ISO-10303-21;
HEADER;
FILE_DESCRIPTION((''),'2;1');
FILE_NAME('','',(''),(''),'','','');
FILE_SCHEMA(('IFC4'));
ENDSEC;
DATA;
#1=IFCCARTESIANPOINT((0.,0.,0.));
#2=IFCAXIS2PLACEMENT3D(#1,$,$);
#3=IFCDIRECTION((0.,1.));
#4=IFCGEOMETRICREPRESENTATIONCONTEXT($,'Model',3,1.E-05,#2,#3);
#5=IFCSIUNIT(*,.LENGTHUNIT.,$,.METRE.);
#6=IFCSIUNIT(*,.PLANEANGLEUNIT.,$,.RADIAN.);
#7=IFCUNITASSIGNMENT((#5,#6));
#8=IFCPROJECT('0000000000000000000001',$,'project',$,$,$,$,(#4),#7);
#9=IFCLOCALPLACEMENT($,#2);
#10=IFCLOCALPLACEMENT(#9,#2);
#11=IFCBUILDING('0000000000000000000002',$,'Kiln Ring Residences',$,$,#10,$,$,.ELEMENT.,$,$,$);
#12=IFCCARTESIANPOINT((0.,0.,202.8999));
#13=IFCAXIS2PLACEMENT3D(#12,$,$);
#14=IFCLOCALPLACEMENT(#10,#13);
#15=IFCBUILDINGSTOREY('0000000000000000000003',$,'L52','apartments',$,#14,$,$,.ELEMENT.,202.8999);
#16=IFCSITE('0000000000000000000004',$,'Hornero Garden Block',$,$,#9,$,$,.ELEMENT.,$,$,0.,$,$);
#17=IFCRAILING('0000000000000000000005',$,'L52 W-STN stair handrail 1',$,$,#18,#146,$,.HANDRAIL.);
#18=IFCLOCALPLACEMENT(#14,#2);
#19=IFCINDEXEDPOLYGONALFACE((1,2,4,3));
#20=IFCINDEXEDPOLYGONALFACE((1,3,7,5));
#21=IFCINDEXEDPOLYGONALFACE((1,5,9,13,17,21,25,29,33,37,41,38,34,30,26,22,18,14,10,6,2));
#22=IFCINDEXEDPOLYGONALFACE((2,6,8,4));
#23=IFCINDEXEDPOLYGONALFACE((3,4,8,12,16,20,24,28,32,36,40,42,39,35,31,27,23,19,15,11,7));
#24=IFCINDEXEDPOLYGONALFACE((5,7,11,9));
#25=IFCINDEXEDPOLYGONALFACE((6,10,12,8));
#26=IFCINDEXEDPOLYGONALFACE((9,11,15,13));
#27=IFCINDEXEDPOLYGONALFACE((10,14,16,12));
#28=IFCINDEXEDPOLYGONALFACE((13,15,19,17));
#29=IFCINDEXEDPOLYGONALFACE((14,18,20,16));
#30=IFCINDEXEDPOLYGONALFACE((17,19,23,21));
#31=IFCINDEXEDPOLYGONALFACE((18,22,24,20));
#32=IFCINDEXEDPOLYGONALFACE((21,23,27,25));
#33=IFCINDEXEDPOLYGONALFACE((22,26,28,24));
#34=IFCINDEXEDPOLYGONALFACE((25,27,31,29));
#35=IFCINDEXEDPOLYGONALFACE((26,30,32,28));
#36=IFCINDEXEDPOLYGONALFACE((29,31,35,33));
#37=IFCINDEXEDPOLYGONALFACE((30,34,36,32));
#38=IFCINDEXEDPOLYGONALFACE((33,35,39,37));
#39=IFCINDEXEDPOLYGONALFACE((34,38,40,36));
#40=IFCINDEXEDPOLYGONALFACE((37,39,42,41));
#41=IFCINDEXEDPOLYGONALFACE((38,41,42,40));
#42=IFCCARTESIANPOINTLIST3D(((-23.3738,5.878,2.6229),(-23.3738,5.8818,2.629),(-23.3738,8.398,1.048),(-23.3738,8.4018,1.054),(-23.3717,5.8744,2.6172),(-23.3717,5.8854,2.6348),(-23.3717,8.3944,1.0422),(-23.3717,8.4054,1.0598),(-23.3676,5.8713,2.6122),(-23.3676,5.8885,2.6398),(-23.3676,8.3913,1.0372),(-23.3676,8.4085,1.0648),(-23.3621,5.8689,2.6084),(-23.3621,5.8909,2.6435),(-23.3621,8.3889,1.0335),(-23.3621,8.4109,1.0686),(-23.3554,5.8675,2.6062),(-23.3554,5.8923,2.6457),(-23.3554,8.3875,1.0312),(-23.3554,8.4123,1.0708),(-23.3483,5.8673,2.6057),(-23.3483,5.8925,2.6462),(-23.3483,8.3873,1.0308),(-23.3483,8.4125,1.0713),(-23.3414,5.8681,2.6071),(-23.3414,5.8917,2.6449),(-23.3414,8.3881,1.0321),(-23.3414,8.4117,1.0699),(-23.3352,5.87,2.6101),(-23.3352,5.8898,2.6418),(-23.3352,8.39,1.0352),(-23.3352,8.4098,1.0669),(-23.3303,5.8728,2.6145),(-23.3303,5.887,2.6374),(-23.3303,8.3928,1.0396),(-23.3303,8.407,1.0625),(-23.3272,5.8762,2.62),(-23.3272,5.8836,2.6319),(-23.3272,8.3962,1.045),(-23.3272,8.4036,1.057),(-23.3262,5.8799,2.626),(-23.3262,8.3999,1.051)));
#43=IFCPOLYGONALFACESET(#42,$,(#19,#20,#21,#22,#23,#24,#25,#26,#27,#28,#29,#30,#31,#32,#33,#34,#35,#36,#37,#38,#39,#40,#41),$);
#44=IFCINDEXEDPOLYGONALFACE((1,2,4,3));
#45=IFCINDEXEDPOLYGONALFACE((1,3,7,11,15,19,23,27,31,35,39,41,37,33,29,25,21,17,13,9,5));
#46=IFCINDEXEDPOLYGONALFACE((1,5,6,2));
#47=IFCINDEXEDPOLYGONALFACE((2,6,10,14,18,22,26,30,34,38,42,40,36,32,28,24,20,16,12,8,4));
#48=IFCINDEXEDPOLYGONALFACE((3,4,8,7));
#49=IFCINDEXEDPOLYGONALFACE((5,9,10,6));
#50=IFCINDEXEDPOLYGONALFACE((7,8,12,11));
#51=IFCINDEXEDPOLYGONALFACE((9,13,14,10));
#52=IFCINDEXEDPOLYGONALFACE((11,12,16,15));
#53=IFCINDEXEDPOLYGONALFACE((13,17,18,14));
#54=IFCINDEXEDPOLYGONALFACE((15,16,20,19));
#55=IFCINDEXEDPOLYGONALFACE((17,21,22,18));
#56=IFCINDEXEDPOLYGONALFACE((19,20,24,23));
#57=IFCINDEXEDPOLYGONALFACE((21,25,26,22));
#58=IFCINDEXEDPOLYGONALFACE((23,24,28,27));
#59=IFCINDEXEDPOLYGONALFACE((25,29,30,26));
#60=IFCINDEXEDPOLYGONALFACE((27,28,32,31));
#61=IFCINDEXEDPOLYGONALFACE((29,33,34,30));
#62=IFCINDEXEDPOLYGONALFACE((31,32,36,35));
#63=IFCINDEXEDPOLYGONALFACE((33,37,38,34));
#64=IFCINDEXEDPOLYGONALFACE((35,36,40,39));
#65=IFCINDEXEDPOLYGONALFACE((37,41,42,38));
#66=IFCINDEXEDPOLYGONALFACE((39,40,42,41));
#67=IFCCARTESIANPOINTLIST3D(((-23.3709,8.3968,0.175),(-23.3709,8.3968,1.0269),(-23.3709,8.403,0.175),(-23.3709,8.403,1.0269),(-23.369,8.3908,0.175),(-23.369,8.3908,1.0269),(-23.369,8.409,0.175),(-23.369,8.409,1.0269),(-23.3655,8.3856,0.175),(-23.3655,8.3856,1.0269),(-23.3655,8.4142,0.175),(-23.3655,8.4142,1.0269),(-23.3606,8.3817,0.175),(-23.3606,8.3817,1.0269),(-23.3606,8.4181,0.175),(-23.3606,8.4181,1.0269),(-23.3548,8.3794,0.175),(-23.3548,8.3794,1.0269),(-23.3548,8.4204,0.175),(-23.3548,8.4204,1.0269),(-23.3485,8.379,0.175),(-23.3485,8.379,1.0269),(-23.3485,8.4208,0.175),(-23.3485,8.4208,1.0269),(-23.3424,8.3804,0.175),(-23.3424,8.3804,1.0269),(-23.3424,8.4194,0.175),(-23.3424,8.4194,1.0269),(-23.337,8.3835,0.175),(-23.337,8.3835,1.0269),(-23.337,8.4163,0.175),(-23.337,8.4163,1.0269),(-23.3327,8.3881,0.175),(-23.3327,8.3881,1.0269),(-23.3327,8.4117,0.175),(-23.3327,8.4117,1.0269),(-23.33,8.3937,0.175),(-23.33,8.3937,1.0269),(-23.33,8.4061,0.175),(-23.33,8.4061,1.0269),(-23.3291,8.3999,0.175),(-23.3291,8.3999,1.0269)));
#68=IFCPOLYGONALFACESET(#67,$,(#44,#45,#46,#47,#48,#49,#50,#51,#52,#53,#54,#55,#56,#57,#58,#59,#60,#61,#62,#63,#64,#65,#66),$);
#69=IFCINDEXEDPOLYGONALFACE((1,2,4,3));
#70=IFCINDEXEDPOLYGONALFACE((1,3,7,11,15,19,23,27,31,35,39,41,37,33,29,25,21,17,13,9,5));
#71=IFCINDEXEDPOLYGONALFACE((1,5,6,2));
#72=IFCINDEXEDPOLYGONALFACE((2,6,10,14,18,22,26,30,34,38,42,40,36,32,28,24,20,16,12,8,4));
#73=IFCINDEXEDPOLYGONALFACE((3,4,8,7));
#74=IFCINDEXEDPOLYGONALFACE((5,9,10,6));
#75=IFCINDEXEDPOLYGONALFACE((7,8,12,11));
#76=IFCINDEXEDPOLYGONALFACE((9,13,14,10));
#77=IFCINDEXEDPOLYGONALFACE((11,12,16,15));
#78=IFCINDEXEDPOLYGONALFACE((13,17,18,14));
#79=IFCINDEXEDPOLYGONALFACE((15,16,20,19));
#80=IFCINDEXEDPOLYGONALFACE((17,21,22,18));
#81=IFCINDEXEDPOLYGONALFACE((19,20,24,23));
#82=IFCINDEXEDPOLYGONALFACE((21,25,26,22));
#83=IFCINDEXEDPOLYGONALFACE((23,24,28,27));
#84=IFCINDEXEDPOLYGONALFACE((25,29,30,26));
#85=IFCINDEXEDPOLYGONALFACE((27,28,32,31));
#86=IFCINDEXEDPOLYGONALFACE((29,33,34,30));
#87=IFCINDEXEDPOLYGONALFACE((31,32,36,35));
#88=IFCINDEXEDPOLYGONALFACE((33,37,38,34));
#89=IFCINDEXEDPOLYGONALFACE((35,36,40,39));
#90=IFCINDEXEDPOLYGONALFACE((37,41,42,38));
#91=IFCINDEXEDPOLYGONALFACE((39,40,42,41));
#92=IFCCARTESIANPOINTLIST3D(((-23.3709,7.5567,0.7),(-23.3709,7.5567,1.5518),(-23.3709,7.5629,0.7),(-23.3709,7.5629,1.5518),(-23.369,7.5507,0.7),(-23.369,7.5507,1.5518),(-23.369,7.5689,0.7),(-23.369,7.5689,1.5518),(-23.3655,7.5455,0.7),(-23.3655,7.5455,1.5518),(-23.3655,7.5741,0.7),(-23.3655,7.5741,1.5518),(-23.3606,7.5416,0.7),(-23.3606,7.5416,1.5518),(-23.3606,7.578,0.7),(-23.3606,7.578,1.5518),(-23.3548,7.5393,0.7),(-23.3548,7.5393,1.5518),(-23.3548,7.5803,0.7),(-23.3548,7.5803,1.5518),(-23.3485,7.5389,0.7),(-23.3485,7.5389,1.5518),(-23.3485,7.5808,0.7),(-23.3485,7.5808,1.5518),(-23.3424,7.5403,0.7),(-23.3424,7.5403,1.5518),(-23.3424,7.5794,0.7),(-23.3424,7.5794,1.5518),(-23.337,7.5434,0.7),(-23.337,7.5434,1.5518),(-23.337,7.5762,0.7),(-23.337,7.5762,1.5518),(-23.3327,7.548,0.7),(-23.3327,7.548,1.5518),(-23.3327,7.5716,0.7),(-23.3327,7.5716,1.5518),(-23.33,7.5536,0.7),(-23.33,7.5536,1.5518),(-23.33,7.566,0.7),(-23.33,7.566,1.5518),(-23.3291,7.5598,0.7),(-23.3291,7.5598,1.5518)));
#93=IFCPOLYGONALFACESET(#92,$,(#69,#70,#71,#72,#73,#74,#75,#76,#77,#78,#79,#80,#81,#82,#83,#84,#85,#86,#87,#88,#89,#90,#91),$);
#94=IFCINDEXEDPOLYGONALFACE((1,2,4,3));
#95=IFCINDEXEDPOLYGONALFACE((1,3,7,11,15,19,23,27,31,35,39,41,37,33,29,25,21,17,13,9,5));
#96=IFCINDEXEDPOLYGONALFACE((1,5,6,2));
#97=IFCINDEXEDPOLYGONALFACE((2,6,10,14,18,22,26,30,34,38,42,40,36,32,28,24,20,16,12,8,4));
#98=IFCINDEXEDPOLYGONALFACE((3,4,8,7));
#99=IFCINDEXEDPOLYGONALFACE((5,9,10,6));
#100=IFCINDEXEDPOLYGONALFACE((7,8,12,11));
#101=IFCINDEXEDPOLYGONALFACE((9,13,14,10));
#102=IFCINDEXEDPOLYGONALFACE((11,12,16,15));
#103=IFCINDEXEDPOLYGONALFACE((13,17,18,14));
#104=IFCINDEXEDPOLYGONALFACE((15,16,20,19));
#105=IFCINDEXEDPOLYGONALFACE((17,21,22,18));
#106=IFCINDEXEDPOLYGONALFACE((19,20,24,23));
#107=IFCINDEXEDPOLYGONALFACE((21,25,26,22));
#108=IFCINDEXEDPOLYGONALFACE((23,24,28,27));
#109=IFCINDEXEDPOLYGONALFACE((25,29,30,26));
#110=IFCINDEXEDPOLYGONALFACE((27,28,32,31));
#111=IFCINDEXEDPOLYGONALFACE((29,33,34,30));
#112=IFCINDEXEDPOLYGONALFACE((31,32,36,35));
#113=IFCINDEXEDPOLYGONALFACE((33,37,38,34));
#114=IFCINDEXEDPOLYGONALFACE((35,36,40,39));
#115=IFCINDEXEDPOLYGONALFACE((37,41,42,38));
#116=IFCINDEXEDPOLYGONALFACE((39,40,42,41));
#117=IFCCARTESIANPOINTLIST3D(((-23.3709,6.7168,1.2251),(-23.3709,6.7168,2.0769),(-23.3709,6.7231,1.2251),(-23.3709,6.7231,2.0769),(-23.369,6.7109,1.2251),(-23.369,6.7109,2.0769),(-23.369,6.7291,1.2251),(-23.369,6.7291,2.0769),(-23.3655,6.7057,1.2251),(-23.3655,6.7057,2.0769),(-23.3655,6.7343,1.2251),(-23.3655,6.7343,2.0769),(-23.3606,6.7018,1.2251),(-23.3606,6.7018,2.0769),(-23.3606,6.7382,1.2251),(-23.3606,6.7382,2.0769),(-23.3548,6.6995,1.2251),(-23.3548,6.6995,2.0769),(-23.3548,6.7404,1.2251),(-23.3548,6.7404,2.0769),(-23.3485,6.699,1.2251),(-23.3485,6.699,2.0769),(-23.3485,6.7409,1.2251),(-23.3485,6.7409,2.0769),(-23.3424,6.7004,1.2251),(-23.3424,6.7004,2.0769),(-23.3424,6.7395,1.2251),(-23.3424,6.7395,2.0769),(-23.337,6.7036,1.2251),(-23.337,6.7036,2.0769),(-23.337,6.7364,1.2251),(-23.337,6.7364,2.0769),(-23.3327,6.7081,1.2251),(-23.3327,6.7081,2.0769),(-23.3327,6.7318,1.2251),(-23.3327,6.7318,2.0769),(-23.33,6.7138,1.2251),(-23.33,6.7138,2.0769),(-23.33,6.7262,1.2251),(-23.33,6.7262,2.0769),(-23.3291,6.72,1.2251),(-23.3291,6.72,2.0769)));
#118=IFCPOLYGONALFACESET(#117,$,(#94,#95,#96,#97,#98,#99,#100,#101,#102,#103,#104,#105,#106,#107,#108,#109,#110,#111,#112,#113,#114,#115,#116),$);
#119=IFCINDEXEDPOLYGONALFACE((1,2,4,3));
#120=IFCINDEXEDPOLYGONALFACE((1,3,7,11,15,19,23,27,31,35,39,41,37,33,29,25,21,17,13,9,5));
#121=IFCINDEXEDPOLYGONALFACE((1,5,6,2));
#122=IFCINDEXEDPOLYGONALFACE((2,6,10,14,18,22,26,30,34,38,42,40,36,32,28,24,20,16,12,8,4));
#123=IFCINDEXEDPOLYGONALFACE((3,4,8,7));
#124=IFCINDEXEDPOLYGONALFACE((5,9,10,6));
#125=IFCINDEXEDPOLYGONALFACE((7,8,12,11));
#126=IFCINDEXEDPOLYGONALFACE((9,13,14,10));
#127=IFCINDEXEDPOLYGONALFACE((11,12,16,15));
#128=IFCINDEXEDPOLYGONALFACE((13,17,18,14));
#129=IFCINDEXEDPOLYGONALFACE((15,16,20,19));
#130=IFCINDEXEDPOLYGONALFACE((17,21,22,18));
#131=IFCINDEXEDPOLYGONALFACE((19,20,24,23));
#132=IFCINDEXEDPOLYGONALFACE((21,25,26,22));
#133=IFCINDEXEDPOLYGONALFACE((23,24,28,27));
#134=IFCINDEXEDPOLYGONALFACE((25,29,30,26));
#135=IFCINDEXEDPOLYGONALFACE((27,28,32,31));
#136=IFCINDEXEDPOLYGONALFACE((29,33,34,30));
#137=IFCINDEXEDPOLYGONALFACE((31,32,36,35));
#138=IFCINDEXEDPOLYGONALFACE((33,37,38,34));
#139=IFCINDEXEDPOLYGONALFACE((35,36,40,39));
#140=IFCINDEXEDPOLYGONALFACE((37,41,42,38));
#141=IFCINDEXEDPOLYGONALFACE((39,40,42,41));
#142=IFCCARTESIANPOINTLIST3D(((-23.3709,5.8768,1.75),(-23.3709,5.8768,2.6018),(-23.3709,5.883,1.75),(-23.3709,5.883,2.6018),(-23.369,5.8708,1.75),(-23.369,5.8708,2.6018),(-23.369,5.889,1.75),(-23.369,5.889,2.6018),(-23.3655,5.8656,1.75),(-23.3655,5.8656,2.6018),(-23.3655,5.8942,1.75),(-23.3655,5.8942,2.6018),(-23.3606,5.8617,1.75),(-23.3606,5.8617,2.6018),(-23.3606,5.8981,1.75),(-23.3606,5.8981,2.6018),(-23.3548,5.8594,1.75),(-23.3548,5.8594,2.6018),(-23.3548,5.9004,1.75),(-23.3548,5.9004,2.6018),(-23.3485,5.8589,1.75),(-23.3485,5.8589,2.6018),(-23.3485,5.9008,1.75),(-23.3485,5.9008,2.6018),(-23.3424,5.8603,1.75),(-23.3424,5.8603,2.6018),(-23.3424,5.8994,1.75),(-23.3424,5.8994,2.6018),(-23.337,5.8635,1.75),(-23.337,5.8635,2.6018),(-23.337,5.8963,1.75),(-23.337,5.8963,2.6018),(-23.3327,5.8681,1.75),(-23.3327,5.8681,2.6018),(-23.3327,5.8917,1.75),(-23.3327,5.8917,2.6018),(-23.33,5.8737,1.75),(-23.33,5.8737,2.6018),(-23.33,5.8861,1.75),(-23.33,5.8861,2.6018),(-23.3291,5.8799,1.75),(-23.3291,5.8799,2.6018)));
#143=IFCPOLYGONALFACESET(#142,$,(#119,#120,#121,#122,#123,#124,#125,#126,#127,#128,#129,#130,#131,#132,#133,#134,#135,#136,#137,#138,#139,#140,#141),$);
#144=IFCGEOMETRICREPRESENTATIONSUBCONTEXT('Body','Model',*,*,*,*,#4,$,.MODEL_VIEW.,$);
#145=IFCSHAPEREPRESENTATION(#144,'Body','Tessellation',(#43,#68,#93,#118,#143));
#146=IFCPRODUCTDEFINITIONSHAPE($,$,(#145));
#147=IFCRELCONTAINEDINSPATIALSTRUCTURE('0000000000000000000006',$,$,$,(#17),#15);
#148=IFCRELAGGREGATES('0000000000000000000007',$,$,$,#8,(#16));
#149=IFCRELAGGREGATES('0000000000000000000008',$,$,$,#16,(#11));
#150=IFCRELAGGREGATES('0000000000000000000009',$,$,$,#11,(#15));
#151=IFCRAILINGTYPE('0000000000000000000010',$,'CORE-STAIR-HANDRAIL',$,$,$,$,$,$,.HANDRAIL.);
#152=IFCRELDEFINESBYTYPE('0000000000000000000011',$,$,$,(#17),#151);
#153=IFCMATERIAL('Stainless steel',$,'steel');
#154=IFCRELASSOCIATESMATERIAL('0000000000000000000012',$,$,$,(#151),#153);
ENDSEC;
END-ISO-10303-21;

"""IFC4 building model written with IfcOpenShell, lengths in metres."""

from ifc_helpers import new_model, si_unit, direction, frame, origin, origin_2d, place, context, subcontext, project, spatial, circle, extrude, material, type_object, element, save


model = new_model("IFC4")

# Units and contexts
model_context = context("Model", 3, precision=1e-05, world=origin(), true_north=direction((0.0, 1.0)))
body_context = subcontext(model_context, "Body", "Model", "MODEL_VIEW")
ifc_project = project(units=[si_unit("LENGTHUNIT", "METRE"), si_unit("PLANEANGLEUNIT", "RADIAN")], contexts=[model_context])

# Site, building, storey
site_placement = place(None, origin())
site = spatial("IfcSite", under=ifc_project, at=site_placement, Name="Hornero Garden Block", CompositionType="ELEMENT", RefElevation=0.0)
building_placement = place(site_placement, origin())
building = spatial("IfcBuilding", under=site, at=building_placement, Name="Kiln Ring Residences", CompositionType="ELEMENT")
storey_placement = place(building_placement, frame((0.0, 0.0, 202.8999)))
storey = spatial("IfcBuildingStorey", under=building, at=storey_placement, Name="L52", Description="apartments", CompositionType="ELEMENT", Elevation=202.8999)

# Railing
ifc_material_1 = material(Name="Stainless steel", Category="steel")
railing_type_1 = type_object("IfcRailingType", Name="CORE-STAIR-HANDRAIL", PredefinedType="HANDRAIL", material=ifc_material_1)
railing_1_placement = place(storey_placement, frame((-23.3501, 8.3999, 0.175)))
element("IfcRailing", 1, at=railing_1_placement, inside=storey, type_object=railing_type_1, Name="L52 W-STN stair handrail 1", PredefinedType="HANDRAIL", context=body_context, shape_type="SweptSolid", body=[
    extrude(circle(Radius=0.0239, at=origin_2d()), frame((0.0, 0.0, 0.876), z_axis=(0.0, -0.848008, 0.529984), x_axis=(1.0, 0.0, 0.0)), (0.0, 0.0, 1.0), 2.9717),
    extrude(circle(Radius=0.021, at=origin_2d()), origin(), (0.0, 0.0, 1.0), 0.8518),
    extrude(circle(Radius=0.021, at=origin_2d()), frame((0.0, -0.8401, 0.5249)), (0.0, 0.0, 1.0), 0.8518),
    extrude(circle(Radius=0.021, at=origin_2d()), frame((0.0, -1.6799, 1.05)), (0.0, 0.0, 1.0), 0.8518),
    extrude(circle(Radius=0.021, at=origin_2d()), frame((0.0, -2.52, 1.575)), (0.0, 0.0, 1.0), 0.8518),
])

save(model, "model.ifc")
